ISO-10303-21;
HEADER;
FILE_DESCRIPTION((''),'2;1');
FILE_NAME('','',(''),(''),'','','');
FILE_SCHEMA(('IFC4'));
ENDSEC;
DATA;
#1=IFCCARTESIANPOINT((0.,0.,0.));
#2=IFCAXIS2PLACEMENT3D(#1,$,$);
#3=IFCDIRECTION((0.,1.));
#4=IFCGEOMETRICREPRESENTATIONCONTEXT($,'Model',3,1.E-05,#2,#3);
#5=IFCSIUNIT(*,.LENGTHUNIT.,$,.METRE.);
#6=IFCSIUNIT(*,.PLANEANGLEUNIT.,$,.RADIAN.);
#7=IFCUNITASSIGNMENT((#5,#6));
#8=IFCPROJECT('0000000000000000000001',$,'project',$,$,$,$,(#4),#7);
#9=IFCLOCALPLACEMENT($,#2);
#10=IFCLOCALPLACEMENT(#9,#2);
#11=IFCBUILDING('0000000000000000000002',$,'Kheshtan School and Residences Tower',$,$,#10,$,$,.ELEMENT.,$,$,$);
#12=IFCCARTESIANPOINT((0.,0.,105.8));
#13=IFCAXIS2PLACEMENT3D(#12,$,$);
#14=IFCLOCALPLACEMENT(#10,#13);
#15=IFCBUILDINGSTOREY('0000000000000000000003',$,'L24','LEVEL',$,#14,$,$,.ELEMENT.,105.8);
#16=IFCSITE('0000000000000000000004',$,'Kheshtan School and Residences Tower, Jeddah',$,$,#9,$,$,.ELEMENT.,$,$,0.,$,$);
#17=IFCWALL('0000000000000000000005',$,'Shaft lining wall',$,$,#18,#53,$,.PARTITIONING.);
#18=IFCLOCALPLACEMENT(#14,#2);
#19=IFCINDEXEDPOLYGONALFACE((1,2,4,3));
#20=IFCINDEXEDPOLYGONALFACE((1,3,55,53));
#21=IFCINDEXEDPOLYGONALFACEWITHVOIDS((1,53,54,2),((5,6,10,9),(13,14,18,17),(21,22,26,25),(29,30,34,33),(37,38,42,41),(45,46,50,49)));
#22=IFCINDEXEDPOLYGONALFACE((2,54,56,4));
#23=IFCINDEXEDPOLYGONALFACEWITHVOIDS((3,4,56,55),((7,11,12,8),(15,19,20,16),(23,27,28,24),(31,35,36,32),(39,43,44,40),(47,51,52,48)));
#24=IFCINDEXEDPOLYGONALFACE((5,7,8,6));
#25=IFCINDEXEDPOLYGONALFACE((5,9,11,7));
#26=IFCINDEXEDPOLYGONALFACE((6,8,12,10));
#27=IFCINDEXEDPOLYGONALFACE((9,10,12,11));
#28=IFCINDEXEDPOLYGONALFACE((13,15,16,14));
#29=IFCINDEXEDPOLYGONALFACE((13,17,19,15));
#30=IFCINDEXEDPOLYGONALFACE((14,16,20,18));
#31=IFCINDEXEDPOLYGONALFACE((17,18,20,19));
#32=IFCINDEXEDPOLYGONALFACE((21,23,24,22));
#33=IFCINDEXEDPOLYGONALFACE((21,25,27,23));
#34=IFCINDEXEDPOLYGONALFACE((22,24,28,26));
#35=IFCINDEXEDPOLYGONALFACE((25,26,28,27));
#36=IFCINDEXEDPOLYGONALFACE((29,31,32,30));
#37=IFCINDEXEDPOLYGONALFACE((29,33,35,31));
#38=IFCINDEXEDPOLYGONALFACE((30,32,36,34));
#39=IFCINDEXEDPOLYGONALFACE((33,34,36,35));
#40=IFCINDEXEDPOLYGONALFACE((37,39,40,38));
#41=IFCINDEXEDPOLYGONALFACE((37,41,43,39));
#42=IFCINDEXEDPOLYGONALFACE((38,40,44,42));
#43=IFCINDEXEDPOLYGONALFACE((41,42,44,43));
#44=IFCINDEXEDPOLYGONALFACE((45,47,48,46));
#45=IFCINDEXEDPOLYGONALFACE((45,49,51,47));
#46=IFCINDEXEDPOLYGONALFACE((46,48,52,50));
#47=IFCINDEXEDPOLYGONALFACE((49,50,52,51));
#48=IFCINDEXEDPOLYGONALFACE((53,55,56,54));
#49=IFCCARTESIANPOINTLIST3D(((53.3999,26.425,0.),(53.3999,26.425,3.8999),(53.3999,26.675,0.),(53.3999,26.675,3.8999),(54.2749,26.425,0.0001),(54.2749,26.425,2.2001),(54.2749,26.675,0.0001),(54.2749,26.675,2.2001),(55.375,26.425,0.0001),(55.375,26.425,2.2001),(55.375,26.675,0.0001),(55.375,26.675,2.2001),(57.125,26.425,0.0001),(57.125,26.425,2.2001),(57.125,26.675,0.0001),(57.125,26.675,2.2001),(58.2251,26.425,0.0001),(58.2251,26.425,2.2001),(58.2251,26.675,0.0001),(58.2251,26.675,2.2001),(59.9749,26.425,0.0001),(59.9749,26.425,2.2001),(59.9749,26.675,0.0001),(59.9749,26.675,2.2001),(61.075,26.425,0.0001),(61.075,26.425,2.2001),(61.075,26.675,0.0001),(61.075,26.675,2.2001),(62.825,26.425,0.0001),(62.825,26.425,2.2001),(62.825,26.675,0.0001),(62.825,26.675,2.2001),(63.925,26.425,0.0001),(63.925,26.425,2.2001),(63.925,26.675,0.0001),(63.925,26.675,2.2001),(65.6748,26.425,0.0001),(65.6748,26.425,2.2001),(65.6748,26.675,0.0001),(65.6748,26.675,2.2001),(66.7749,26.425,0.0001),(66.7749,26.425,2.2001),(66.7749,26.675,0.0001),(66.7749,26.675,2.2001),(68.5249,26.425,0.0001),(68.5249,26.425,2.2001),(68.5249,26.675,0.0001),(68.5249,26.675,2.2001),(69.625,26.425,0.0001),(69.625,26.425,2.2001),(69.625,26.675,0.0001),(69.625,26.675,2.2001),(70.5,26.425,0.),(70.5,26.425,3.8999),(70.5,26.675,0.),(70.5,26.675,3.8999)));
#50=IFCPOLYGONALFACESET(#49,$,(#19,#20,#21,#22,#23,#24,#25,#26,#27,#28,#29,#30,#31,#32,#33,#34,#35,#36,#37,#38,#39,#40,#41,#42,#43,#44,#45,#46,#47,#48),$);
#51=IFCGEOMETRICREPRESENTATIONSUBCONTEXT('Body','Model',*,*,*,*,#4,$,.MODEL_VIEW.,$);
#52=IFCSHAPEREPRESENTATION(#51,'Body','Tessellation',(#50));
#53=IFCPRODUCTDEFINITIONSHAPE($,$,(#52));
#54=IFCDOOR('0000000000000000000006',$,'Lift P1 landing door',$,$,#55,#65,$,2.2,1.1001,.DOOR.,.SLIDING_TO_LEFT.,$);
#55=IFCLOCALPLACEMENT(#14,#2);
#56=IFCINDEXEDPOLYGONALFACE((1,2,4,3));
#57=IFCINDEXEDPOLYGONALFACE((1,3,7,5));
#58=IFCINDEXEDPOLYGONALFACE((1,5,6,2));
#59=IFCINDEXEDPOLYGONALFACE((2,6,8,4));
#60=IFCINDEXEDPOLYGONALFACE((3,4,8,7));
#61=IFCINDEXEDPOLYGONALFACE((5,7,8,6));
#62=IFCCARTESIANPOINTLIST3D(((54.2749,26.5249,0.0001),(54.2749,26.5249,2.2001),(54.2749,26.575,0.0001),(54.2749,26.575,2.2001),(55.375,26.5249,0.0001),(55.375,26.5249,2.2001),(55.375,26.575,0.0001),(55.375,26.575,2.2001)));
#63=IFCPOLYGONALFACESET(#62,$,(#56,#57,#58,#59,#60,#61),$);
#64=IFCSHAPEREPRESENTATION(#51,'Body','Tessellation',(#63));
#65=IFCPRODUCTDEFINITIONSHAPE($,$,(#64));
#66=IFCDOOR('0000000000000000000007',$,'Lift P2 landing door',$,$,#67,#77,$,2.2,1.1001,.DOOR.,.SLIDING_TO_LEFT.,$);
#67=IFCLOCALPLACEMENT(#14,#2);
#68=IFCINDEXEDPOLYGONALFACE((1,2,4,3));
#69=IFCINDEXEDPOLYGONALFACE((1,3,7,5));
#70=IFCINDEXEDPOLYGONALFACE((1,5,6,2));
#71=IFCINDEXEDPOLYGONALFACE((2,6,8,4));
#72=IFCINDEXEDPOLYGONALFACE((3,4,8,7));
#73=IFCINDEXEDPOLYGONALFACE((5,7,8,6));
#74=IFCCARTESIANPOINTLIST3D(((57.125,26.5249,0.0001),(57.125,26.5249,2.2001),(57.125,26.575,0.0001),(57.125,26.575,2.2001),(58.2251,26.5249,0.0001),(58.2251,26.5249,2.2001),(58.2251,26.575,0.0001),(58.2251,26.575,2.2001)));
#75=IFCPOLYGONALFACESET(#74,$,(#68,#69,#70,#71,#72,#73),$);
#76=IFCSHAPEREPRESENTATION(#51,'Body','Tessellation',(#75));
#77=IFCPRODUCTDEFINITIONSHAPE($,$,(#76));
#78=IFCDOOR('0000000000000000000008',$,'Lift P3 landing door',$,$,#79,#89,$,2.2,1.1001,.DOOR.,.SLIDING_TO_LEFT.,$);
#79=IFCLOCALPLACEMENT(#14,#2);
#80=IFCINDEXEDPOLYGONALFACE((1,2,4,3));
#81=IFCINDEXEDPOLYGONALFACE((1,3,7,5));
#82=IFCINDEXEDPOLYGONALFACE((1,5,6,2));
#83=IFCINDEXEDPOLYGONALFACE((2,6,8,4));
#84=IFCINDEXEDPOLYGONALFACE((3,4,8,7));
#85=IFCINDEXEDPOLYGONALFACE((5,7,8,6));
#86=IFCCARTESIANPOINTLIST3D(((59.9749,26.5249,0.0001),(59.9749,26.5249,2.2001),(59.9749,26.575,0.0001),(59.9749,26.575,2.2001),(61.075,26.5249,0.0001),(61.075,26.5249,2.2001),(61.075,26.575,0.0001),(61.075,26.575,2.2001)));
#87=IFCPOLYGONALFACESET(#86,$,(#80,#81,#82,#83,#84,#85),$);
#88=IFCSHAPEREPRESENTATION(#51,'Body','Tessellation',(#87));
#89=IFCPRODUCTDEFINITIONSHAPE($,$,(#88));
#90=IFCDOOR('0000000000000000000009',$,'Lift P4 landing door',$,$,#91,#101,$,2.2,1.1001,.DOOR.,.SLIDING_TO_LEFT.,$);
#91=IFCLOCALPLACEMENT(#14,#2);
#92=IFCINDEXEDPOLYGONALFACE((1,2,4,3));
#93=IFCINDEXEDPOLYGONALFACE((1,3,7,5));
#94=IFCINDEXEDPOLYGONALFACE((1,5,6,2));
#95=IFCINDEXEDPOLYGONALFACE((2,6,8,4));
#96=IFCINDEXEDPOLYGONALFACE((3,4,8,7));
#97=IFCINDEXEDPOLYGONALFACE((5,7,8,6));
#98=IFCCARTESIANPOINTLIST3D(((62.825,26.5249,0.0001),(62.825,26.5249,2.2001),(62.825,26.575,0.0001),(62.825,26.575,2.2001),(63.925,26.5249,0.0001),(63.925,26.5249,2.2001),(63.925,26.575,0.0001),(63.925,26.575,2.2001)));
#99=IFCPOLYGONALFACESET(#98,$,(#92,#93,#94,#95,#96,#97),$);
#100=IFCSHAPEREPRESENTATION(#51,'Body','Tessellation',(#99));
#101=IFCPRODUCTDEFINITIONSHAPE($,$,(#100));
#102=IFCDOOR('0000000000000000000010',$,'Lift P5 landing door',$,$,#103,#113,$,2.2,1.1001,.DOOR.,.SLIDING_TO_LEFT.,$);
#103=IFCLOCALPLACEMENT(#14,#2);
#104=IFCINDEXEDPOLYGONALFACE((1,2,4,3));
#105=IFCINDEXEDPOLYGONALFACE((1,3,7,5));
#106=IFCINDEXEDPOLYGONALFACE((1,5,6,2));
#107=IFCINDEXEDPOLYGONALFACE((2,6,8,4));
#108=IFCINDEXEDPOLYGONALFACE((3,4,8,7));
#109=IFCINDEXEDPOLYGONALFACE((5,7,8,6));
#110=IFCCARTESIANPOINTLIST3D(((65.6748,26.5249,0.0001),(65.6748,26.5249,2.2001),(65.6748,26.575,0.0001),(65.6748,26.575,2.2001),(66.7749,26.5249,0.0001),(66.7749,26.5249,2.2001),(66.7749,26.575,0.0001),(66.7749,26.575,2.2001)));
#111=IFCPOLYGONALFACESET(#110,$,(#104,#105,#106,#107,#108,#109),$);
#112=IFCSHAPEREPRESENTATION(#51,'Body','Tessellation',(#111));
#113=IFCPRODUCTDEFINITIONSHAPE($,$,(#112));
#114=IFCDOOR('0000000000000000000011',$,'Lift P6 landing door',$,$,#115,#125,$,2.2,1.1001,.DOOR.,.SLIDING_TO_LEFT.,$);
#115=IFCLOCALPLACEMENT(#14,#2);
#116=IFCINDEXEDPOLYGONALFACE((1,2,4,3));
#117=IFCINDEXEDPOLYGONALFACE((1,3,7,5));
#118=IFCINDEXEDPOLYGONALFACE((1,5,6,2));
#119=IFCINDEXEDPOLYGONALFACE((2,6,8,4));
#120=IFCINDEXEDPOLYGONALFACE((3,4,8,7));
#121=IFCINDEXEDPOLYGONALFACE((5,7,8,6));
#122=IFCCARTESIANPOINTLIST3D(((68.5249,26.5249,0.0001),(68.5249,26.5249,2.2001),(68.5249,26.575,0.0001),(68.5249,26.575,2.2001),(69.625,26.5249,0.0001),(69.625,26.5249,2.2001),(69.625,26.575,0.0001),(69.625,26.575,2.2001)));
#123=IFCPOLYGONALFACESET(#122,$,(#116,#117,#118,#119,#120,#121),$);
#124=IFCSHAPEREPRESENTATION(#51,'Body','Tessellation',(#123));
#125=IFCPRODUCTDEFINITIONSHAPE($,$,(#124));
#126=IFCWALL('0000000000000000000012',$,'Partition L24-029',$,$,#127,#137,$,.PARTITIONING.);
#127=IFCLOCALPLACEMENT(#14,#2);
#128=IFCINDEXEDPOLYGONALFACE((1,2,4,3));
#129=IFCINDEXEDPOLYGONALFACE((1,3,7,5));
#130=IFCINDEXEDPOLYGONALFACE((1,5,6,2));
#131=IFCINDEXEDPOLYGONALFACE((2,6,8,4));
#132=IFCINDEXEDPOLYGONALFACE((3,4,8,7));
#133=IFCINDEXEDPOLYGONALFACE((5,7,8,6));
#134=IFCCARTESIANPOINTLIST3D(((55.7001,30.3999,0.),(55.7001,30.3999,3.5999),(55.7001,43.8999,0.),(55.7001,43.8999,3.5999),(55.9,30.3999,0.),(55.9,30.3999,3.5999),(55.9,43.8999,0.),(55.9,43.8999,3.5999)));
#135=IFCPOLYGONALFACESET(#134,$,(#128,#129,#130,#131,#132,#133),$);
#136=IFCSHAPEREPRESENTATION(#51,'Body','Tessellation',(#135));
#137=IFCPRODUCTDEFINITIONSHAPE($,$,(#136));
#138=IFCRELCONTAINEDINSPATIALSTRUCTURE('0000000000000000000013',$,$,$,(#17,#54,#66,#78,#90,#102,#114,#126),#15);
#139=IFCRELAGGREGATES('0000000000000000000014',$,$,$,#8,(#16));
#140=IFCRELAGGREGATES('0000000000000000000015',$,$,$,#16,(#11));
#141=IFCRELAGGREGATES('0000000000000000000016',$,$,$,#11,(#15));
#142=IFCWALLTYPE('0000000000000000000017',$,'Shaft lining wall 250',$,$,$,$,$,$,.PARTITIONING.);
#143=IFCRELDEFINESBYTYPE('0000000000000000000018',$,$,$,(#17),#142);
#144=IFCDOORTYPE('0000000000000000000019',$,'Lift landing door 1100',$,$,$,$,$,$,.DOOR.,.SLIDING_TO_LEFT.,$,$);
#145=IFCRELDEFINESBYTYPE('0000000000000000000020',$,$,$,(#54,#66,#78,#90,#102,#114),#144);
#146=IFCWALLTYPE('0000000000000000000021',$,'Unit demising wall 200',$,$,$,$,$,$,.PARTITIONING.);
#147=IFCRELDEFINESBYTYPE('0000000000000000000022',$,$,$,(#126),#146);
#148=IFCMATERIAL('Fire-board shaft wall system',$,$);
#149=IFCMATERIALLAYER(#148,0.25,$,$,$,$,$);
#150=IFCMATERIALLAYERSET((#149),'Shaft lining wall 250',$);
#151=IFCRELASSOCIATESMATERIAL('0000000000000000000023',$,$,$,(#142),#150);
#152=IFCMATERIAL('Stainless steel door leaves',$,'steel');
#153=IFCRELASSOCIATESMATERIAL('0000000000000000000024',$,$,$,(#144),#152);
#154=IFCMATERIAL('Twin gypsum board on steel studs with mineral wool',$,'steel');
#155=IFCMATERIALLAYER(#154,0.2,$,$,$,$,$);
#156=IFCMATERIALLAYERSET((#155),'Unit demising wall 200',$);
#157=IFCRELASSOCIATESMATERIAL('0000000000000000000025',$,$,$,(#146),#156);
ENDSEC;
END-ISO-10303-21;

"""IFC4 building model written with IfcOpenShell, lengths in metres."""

from ifc_helpers import new_model, si_unit, direction, frame, frame_2d, origin, place, context, subcontext, project, spatial, rectangle, extrude, source, transform, mapped, material, layer, layer_set, type_object, element, fill, save


model = new_model("IFC4")

# Units and contexts
model_context = context("Model", 3, precision=1e-05, world=origin(), true_north=direction((0.0, 1.0)))
body_context = subcontext(model_context, "Body", "Model", "MODEL_VIEW")
ifc_project = project(units=[si_unit("LENGTHUNIT", "METRE"), si_unit("PLANEANGLEUNIT", "RADIAN")], contexts=[model_context])

# Site, building, storey
site_placement = place(None, origin())
site = spatial("IfcSite", under=ifc_project, at=site_placement, Name="Kheshtan School and Residences Tower, Jeddah", CompositionType="ELEMENT", RefElevation=0.0)
building_placement = place(site_placement, origin())
building = spatial("IfcBuilding", under=site, at=building_placement, Name="Kheshtan School and Residences Tower", CompositionType="ELEMENT")
storey_placement = place(building_placement, frame((0.0, 0.0, 105.8)))
storey = spatial("IfcBuildingStorey", under=building, at=storey_placement, Name="L24", Description="LEVEL", CompositionType="ELEMENT", Elevation=105.8)

# Wall, openings, doors
ifc_material_1 = material(Name="Fire-board shaft wall system")
ifc_layer_1 = layer(ifc_material_1, 0.25)
ifc_layer_set_1 = layer_set([ifc_layer_1], Name="Shaft lining wall 250")
wall_type_1 = type_object("IfcWallType", Name="Shaft lining wall 250", PredefinedType="PARTITIONING", material=ifc_layer_set_1)
wall_1_placement = place(storey_placement, frame((53.3999, 26.55, 0.0), z_axis=(0.0, 0.0, 1.0), x_axis=(1.0, 0.0, 0.0)))
wall_1 = element("IfcWall", 1, at=wall_1_placement, inside=storey, type_object=wall_type_1, Name="Shaft lining wall", PredefinedType="PARTITIONING", context=body_context, shape_type="SweptSolid", body=[
    extrude(rectangle(XDim=17.1001, YDim=0.25, at=frame_2d((8.55, 0.0))), origin(), (0.0, 0.0, 1.0), 3.8999),
])
opening_1_placement = place(wall_1_placement, frame((0.875, 0.0, 0.0)))
opening_1 = element("IfcOpeningElement", 2, at=opening_1_placement, cuts=wall_1, PredefinedType="OPENING", context=body_context, shape_type="SweptSolid", body=[
    extrude(rectangle(XDim=1.1001, YDim=2.2, at=frame_2d((0.55, 1.1001))), frame((0.0, 0.135, 0.0), z_axis=(0.0, -1.0, 0.0), x_axis=(1.0, 0.0, 0.0)), (0.0, 0.0, 1.0), 0.27),
])
opening_2_placement = place(wall_1_placement, frame((3.7251, 0.0, 0.0)))
opening_2 = element("IfcOpeningElement", 3, at=opening_2_placement, cuts=wall_1, PredefinedType="OPENING", context=body_context, shape_type="SweptSolid", body=[
    extrude(rectangle(XDim=1.1001, YDim=2.2, at=frame_2d((0.55, 1.1001))), frame((0.0, 0.135, 0.0), z_axis=(0.0, -1.0, 0.0), x_axis=(1.0, 0.0, 0.0)), (0.0, 0.0, 1.0), 0.27),
])
opening_3_placement = place(wall_1_placement, frame((6.575, 0.0, 0.0)))
opening_3 = element("IfcOpeningElement", 4, at=opening_3_placement, cuts=wall_1, PredefinedType="OPENING", context=body_context, shape_type="SweptSolid", body=[
    extrude(rectangle(XDim=1.1001, YDim=2.2, at=frame_2d((0.55, 1.1001))), frame((0.0, 0.135, 0.0), z_axis=(0.0, -1.0, 0.0), x_axis=(1.0, 0.0, 0.0)), (0.0, 0.0, 1.0), 0.27),
])
opening_4_placement = place(wall_1_placement, frame((9.425, 0.0, 0.0)))
opening_4 = element("IfcOpeningElement", 5, at=opening_4_placement, cuts=wall_1, PredefinedType="OPENING", context=body_context, shape_type="SweptSolid", body=[
    extrude(rectangle(XDim=1.1001, YDim=2.2, at=frame_2d((0.55, 1.1001))), frame((0.0, 0.135, 0.0), z_axis=(0.0, -1.0, 0.0), x_axis=(1.0, 0.0, 0.0)), (0.0, 0.0, 1.0), 0.27),
])
opening_5_placement = place(wall_1_placement, frame((12.2749, 0.0, 0.0)))
opening_5 = element("IfcOpeningElement", 6, at=opening_5_placement, cuts=wall_1, PredefinedType="OPENING", context=body_context, shape_type="SweptSolid", body=[
    extrude(rectangle(XDim=1.1001, YDim=2.2, at=frame_2d((0.55, 1.1001))), frame((0.0, 0.135, 0.0), z_axis=(0.0, -1.0, 0.0), x_axis=(1.0, 0.0, 0.0)), (0.0, 0.0, 1.0), 0.27),
])
opening_6_placement = place(wall_1_placement, frame((15.125, 0.0, 0.0)))
opening_6 = element("IfcOpeningElement", 7, at=opening_6_placement, cuts=wall_1, PredefinedType="OPENING", context=body_context, shape_type="SweptSolid", body=[
    extrude(rectangle(XDim=1.1001, YDim=2.2, at=frame_2d((0.55, 1.1001))), frame((0.0, 0.135, 0.0), z_axis=(0.0, -1.0, 0.0), x_axis=(1.0, 0.0, 0.0)), (0.0, 0.0, 1.0), 0.27),
])
ifc_material_2 = material(Name="Stainless steel door leaves", Category="steel")
door_type_1 = type_object("IfcDoorType", Name="Lift landing door 1100", OperationType="SLIDING_TO_LEFT", PredefinedType="DOOR", material=ifc_material_2)
shared_shape_1 = source(origin(), body_context, "Body", "SweptSolid", [
    extrude(rectangle(XDim=1.1001, YDim=2.2, at=frame_2d((0.55, 1.1001))), frame((0.0, 0.0249, 0.0), z_axis=(0.0, -1.0, 0.0), x_axis=(1.0, 0.0, 0.0)), (0.0, 0.0, 1.0), 0.05),
])
door_1_placement = place(opening_1_placement, origin())
door_1 = element("IfcDoor", 8, at=door_1_placement, inside=storey, type_object=door_type_1, Name="Lift P1 landing door", OperationType="SLIDING_TO_LEFT", OverallHeight=2.2, OverallWidth=1.1001, PredefinedType="DOOR", context=body_context, shape_type="MappedRepresentation", body=[
    mapped(shared_shape_1, transform((0.0, 0.0, 0.0), x_axis=(1.0, 0.0, 0.0), y_axis=(0.0, 1.0, 0.0), z_axis=(0.0, 0.0, 1.0), scale=1.0)),
])
fill(opening_1, door_1)
door_2_placement = place(opening_2_placement, origin())
door_2 = element("IfcDoor", 9, at=door_2_placement, inside=storey, type_object=door_type_1, Name="Lift P2 landing door", OperationType="SLIDING_TO_LEFT", OverallHeight=2.2, OverallWidth=1.1001, PredefinedType="DOOR", context=body_context, shape_type="MappedRepresentation", body=[
    mapped(shared_shape_1, transform((0.0, 0.0, 0.0), x_axis=(1.0, 0.0, 0.0), y_axis=(0.0, 1.0, 0.0), z_axis=(0.0, 0.0, 1.0), scale=1.0)),
])
fill(opening_2, door_2)
door_3_placement = place(opening_3_placement, origin())
door_3 = element("IfcDoor", 10, at=door_3_placement, inside=storey, type_object=door_type_1, Name="Lift P3 landing door", OperationType="SLIDING_TO_LEFT", OverallHeight=2.2, OverallWidth=1.1001, PredefinedType="DOOR", context=body_context, shape_type="MappedRepresentation", body=[
    mapped(shared_shape_1, transform((0.0, 0.0, 0.0), x_axis=(1.0, 0.0, 0.0), y_axis=(0.0, 1.0, 0.0), z_axis=(0.0, 0.0, 1.0), scale=1.0)),
])
fill(opening_3, door_3)
door_4_placement = place(opening_4_placement, origin())
door_4 = element("IfcDoor", 11, at=door_4_placement, inside=storey, type_object=door_type_1, Name="Lift P4 landing door", OperationType="SLIDING_TO_LEFT", OverallHeight=2.2, OverallWidth=1.1001, PredefinedType="DOOR", context=body_context, shape_type="MappedRepresentation", body=[
    mapped(shared_shape_1, transform((0.0, 0.0, 0.0), x_axis=(1.0, 0.0, 0.0), y_axis=(0.0, 1.0, 0.0), z_axis=(0.0, 0.0, 1.0), scale=1.0)),
])
fill(opening_4, door_4)
door_5_placement = place(opening_5_placement, origin())
door_5 = element("IfcDoor", 12, at=door_5_placement, inside=storey, type_object=door_type_1, Name="Lift P5 landing door", OperationType="SLIDING_TO_LEFT", OverallHeight=2.2, OverallWidth=1.1001, PredefinedType="DOOR", context=body_context, shape_type="MappedRepresentation", body=[
    mapped(shared_shape_1, transform((0.0, 0.0, 0.0), x_axis=(1.0, 0.0, 0.0), y_axis=(0.0, 1.0, 0.0), z_axis=(0.0, 0.0, 1.0), scale=1.0)),
])
fill(opening_5, door_5)
door_6_placement = place(opening_6_placement, origin())
door_6 = element("IfcDoor", 13, at=door_6_placement, inside=storey, type_object=door_type_1, Name="Lift P6 landing door", OperationType="SLIDING_TO_LEFT", OverallHeight=2.2, OverallWidth=1.1001, PredefinedType="DOOR", context=body_context, shape_type="MappedRepresentation", body=[
    mapped(shared_shape_1, transform((0.0, 0.0, 0.0), x_axis=(1.0, 0.0, 0.0), y_axis=(0.0, 1.0, 0.0), z_axis=(0.0, 0.0, 1.0), scale=1.0)),
])
fill(opening_6, door_6)

# Wall
ifc_material_3 = material(Name="Twin gypsum board on steel studs with mineral wool", Category="steel")
ifc_layer_2 = layer(ifc_material_3, 0.2)
ifc_layer_set_2 = layer_set([ifc_layer_2], Name="Unit demising wall 200")
wall_type_2 = type_object("IfcWallType", Name="Unit demising wall 200", PredefinedType="PARTITIONING", material=ifc_layer_set_2)
wall_2_placement = place(storey_placement, frame((55.8, 30.3999, 0.0), z_axis=(0.0, 0.0, 1.0), x_axis=(0.0, 1.0, 0.0)))
element("IfcWall", 14, at=wall_2_placement, inside=storey, type_object=wall_type_2, Name="Partition L24-029", PredefinedType="PARTITIONING", context=body_context, shape_type="SweptSolid", body=[
    extrude(rectangle(XDim=13.5, YDim=0.2, at=frame_2d((6.75, 0.0))), origin(), (0.0, 0.0, 1.0), 3.5999),
])

save(model, "model.ifc")
